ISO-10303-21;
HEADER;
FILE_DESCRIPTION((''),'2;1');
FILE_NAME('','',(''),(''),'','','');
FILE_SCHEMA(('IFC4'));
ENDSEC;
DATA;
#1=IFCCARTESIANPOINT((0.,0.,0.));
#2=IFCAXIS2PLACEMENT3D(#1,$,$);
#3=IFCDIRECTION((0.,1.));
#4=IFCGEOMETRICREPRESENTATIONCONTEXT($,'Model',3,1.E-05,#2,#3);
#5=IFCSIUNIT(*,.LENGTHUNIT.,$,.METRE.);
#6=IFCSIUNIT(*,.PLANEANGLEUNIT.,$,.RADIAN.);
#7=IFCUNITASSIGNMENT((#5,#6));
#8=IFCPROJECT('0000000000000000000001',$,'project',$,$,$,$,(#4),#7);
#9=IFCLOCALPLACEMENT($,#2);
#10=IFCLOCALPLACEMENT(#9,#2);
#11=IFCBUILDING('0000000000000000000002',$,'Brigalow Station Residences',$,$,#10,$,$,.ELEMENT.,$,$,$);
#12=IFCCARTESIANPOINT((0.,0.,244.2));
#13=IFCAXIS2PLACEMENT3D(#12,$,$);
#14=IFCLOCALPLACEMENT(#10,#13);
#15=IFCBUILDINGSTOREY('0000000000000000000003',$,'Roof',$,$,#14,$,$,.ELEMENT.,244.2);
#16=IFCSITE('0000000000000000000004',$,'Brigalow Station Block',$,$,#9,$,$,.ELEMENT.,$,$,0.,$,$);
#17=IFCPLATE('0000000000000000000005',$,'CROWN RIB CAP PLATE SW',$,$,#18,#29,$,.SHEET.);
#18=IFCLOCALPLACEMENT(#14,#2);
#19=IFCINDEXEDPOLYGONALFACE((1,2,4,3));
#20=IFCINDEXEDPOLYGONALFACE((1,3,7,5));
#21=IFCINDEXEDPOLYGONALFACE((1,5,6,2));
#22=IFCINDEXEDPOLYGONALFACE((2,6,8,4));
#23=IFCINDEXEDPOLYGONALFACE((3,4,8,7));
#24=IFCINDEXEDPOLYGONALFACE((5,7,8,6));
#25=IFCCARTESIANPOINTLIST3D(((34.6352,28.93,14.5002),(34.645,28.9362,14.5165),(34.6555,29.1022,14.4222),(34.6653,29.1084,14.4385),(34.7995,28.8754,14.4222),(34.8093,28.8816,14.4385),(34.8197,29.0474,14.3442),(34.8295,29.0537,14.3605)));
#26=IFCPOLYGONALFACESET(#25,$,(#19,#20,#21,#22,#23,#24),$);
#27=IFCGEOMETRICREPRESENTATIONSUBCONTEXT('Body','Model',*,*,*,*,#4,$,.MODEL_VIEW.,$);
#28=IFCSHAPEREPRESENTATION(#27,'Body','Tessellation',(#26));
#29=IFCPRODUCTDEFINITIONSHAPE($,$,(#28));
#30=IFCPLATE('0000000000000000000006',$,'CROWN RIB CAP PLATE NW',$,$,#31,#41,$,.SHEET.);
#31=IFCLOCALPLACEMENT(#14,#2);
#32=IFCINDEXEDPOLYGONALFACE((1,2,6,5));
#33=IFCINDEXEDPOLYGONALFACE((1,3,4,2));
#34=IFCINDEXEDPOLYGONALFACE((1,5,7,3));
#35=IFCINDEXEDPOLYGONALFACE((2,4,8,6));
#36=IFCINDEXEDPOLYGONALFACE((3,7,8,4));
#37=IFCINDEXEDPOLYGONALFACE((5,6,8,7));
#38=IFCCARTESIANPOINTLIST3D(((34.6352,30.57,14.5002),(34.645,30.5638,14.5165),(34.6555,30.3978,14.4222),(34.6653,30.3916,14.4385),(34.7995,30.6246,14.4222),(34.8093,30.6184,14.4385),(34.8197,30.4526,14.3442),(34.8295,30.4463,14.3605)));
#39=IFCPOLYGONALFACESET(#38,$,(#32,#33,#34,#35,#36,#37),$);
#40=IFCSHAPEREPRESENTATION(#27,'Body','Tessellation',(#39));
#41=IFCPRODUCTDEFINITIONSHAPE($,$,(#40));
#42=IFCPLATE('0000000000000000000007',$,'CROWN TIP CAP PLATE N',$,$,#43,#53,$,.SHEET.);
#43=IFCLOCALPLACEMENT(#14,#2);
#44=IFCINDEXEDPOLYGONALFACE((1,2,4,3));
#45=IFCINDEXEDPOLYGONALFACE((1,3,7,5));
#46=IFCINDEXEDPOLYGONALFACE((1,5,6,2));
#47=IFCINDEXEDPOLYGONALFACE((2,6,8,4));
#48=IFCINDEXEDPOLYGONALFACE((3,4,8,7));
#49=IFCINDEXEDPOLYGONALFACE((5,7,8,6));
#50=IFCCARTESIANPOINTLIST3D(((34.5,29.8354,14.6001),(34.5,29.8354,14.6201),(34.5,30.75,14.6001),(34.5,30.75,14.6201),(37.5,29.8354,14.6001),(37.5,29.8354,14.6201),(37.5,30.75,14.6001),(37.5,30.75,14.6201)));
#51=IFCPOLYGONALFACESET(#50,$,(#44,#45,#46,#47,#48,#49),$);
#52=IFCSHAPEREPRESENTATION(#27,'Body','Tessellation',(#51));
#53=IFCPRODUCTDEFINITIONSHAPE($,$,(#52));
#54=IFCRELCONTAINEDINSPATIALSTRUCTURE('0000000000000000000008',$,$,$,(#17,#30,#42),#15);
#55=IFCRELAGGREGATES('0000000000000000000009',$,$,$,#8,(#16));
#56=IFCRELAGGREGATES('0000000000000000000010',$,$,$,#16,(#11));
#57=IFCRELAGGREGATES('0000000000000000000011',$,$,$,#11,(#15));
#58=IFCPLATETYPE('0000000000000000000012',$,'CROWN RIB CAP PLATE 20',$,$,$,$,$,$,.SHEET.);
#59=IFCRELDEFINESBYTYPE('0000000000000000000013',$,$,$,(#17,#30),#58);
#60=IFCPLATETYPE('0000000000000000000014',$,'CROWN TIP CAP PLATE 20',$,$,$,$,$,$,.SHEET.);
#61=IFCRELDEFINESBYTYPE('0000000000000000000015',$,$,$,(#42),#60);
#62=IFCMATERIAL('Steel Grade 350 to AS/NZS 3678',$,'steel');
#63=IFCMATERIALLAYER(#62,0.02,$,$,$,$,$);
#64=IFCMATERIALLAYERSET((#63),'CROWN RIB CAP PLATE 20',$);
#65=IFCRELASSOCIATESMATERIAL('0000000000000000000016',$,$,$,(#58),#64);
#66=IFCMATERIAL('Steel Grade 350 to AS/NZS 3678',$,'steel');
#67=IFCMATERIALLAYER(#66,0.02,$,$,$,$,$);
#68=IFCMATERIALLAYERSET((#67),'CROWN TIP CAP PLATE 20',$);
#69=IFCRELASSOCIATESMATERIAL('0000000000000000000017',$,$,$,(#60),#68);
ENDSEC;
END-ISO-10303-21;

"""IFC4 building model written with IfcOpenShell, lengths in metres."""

from ifc_helpers import new_model, si_unit, direction, frame, origin, place, context, subcontext, project, spatial, polyline, outline, extrude, material, layer, layer_set, type_object, element, save


model = new_model("IFC4")

# Units and contexts
model_context = context("Model", 3, precision=1e-05, world=origin(), true_north=direction((0.0, 1.0)))
body_context = subcontext(model_context, "Body", "Model", "MODEL_VIEW")
ifc_project = project(units=[si_unit("LENGTHUNIT", "METRE"), si_unit("PLANEANGLEUNIT", "RADIAN")], contexts=[model_context])

# Site, building, storey
site_placement = place(None, origin())
site = spatial("IfcSite", under=ifc_project, at=site_placement, Name="Brigalow Station Block", CompositionType="ELEMENT", RefElevation=0.0)
building_placement = place(site_placement, origin())
building = spatial("IfcBuilding", under=site, at=building_placement, Name="Brigalow Station Residences", CompositionType="ELEMENT")
storey_placement = place(building_placement, frame((0.0, 0.0, 244.2)))
storey = spatial("IfcBuildingStorey", under=building, at=storey_placement, Name="Roof", CompositionType="ELEMENT", Elevation=244.2)

# Plates
ifc_material_1 = material(Name="Steel Grade 350 to AS/NZS 3678", Category="steel")
ifc_layer_1 = layer(ifc_material_1, 0.02)
ifc_layer_set_1 = layer_set([ifc_layer_1], Name="CROWN RIB CAP PLATE 20")
plate_type_1 = type_object("IfcPlateType", Name="CROWN RIB CAP PLATE 20", PredefinedType="SHEET", material=ifc_layer_set_1)
plate_1_placement = place(storey_placement, frame((34.8093, 28.8816, 14.4385), z_axis=(0.490126, 0.311275, 0.814177), x_axis=(0.106393, 0.905714, -0.410319)))
element("IfcPlate", 1, at=plate_1_placement, inside=storey, type_object=plate_type_1, Name="CROWN RIB CAP PLATE SW", PredefinedType="SHEET", context=body_context, shape_type="SweptSolid", body=[
    extrude(outline(polyline([(0.0, 0.0), (0.19, 0.0), (0.1901, 0.1899), (0.0, 0.19), (0.0, 0.0)])), origin(), (0.0, 0.0, -1.0), 0.02),
])
plate_2_placement = place(storey_placement, frame((34.6653, 30.3916, 14.4385), z_axis=(0.490126, -0.311275, 0.814177), x_axis=(0.865081, 0.28818, -0.410594)))
element("IfcPlate", 2, at=plate_2_placement, inside=storey, type_object=plate_type_1, Name="CROWN RIB CAP PLATE NW", PredefinedType="SHEET", context=body_context, shape_type="SweptSolid", body=[
    extrude(outline(polyline([(0.0, 0.0), (0.1899, 0.0), (0.19, 0.19), (0.0, 0.1901), (0.0, 0.0)])), origin(), (0.0, 0.0, -1.0), 0.02),
])
ifc_material_2 = material(Name="Steel Grade 350 to AS/NZS 3678", Category="steel")
ifc_layer_2 = layer(ifc_material_2, 0.02)
ifc_layer_set_2 = layer_set([ifc_layer_2], Name="CROWN TIP CAP PLATE 20")
plate_type_2 = type_object("IfcPlateType", Name="CROWN TIP CAP PLATE 20", PredefinedType="SHEET", material=ifc_layer_set_2)
plate_3_placement = place(storey_placement, frame((34.5, 29.8354, 14.6201), z_axis=(0.0, 0.0, 1.0), x_axis=(1.0, 0.0, 0.0)))
element("IfcPlate", 3, at=plate_3_placement, inside=storey, type_object=plate_type_2, Name="CROWN TIP CAP PLATE N", PredefinedType="SHEET", context=body_context, shape_type="SweptSolid", body=[
    extrude(outline(polyline([(0.0, 0.0), (3.0, 0.0), (3.0, 0.9146), (0.0, 0.9146), (0.0, 0.0)])), origin(), (0.0, 0.0, -1.0), 0.02),
])

save(model, "model.ifc")
